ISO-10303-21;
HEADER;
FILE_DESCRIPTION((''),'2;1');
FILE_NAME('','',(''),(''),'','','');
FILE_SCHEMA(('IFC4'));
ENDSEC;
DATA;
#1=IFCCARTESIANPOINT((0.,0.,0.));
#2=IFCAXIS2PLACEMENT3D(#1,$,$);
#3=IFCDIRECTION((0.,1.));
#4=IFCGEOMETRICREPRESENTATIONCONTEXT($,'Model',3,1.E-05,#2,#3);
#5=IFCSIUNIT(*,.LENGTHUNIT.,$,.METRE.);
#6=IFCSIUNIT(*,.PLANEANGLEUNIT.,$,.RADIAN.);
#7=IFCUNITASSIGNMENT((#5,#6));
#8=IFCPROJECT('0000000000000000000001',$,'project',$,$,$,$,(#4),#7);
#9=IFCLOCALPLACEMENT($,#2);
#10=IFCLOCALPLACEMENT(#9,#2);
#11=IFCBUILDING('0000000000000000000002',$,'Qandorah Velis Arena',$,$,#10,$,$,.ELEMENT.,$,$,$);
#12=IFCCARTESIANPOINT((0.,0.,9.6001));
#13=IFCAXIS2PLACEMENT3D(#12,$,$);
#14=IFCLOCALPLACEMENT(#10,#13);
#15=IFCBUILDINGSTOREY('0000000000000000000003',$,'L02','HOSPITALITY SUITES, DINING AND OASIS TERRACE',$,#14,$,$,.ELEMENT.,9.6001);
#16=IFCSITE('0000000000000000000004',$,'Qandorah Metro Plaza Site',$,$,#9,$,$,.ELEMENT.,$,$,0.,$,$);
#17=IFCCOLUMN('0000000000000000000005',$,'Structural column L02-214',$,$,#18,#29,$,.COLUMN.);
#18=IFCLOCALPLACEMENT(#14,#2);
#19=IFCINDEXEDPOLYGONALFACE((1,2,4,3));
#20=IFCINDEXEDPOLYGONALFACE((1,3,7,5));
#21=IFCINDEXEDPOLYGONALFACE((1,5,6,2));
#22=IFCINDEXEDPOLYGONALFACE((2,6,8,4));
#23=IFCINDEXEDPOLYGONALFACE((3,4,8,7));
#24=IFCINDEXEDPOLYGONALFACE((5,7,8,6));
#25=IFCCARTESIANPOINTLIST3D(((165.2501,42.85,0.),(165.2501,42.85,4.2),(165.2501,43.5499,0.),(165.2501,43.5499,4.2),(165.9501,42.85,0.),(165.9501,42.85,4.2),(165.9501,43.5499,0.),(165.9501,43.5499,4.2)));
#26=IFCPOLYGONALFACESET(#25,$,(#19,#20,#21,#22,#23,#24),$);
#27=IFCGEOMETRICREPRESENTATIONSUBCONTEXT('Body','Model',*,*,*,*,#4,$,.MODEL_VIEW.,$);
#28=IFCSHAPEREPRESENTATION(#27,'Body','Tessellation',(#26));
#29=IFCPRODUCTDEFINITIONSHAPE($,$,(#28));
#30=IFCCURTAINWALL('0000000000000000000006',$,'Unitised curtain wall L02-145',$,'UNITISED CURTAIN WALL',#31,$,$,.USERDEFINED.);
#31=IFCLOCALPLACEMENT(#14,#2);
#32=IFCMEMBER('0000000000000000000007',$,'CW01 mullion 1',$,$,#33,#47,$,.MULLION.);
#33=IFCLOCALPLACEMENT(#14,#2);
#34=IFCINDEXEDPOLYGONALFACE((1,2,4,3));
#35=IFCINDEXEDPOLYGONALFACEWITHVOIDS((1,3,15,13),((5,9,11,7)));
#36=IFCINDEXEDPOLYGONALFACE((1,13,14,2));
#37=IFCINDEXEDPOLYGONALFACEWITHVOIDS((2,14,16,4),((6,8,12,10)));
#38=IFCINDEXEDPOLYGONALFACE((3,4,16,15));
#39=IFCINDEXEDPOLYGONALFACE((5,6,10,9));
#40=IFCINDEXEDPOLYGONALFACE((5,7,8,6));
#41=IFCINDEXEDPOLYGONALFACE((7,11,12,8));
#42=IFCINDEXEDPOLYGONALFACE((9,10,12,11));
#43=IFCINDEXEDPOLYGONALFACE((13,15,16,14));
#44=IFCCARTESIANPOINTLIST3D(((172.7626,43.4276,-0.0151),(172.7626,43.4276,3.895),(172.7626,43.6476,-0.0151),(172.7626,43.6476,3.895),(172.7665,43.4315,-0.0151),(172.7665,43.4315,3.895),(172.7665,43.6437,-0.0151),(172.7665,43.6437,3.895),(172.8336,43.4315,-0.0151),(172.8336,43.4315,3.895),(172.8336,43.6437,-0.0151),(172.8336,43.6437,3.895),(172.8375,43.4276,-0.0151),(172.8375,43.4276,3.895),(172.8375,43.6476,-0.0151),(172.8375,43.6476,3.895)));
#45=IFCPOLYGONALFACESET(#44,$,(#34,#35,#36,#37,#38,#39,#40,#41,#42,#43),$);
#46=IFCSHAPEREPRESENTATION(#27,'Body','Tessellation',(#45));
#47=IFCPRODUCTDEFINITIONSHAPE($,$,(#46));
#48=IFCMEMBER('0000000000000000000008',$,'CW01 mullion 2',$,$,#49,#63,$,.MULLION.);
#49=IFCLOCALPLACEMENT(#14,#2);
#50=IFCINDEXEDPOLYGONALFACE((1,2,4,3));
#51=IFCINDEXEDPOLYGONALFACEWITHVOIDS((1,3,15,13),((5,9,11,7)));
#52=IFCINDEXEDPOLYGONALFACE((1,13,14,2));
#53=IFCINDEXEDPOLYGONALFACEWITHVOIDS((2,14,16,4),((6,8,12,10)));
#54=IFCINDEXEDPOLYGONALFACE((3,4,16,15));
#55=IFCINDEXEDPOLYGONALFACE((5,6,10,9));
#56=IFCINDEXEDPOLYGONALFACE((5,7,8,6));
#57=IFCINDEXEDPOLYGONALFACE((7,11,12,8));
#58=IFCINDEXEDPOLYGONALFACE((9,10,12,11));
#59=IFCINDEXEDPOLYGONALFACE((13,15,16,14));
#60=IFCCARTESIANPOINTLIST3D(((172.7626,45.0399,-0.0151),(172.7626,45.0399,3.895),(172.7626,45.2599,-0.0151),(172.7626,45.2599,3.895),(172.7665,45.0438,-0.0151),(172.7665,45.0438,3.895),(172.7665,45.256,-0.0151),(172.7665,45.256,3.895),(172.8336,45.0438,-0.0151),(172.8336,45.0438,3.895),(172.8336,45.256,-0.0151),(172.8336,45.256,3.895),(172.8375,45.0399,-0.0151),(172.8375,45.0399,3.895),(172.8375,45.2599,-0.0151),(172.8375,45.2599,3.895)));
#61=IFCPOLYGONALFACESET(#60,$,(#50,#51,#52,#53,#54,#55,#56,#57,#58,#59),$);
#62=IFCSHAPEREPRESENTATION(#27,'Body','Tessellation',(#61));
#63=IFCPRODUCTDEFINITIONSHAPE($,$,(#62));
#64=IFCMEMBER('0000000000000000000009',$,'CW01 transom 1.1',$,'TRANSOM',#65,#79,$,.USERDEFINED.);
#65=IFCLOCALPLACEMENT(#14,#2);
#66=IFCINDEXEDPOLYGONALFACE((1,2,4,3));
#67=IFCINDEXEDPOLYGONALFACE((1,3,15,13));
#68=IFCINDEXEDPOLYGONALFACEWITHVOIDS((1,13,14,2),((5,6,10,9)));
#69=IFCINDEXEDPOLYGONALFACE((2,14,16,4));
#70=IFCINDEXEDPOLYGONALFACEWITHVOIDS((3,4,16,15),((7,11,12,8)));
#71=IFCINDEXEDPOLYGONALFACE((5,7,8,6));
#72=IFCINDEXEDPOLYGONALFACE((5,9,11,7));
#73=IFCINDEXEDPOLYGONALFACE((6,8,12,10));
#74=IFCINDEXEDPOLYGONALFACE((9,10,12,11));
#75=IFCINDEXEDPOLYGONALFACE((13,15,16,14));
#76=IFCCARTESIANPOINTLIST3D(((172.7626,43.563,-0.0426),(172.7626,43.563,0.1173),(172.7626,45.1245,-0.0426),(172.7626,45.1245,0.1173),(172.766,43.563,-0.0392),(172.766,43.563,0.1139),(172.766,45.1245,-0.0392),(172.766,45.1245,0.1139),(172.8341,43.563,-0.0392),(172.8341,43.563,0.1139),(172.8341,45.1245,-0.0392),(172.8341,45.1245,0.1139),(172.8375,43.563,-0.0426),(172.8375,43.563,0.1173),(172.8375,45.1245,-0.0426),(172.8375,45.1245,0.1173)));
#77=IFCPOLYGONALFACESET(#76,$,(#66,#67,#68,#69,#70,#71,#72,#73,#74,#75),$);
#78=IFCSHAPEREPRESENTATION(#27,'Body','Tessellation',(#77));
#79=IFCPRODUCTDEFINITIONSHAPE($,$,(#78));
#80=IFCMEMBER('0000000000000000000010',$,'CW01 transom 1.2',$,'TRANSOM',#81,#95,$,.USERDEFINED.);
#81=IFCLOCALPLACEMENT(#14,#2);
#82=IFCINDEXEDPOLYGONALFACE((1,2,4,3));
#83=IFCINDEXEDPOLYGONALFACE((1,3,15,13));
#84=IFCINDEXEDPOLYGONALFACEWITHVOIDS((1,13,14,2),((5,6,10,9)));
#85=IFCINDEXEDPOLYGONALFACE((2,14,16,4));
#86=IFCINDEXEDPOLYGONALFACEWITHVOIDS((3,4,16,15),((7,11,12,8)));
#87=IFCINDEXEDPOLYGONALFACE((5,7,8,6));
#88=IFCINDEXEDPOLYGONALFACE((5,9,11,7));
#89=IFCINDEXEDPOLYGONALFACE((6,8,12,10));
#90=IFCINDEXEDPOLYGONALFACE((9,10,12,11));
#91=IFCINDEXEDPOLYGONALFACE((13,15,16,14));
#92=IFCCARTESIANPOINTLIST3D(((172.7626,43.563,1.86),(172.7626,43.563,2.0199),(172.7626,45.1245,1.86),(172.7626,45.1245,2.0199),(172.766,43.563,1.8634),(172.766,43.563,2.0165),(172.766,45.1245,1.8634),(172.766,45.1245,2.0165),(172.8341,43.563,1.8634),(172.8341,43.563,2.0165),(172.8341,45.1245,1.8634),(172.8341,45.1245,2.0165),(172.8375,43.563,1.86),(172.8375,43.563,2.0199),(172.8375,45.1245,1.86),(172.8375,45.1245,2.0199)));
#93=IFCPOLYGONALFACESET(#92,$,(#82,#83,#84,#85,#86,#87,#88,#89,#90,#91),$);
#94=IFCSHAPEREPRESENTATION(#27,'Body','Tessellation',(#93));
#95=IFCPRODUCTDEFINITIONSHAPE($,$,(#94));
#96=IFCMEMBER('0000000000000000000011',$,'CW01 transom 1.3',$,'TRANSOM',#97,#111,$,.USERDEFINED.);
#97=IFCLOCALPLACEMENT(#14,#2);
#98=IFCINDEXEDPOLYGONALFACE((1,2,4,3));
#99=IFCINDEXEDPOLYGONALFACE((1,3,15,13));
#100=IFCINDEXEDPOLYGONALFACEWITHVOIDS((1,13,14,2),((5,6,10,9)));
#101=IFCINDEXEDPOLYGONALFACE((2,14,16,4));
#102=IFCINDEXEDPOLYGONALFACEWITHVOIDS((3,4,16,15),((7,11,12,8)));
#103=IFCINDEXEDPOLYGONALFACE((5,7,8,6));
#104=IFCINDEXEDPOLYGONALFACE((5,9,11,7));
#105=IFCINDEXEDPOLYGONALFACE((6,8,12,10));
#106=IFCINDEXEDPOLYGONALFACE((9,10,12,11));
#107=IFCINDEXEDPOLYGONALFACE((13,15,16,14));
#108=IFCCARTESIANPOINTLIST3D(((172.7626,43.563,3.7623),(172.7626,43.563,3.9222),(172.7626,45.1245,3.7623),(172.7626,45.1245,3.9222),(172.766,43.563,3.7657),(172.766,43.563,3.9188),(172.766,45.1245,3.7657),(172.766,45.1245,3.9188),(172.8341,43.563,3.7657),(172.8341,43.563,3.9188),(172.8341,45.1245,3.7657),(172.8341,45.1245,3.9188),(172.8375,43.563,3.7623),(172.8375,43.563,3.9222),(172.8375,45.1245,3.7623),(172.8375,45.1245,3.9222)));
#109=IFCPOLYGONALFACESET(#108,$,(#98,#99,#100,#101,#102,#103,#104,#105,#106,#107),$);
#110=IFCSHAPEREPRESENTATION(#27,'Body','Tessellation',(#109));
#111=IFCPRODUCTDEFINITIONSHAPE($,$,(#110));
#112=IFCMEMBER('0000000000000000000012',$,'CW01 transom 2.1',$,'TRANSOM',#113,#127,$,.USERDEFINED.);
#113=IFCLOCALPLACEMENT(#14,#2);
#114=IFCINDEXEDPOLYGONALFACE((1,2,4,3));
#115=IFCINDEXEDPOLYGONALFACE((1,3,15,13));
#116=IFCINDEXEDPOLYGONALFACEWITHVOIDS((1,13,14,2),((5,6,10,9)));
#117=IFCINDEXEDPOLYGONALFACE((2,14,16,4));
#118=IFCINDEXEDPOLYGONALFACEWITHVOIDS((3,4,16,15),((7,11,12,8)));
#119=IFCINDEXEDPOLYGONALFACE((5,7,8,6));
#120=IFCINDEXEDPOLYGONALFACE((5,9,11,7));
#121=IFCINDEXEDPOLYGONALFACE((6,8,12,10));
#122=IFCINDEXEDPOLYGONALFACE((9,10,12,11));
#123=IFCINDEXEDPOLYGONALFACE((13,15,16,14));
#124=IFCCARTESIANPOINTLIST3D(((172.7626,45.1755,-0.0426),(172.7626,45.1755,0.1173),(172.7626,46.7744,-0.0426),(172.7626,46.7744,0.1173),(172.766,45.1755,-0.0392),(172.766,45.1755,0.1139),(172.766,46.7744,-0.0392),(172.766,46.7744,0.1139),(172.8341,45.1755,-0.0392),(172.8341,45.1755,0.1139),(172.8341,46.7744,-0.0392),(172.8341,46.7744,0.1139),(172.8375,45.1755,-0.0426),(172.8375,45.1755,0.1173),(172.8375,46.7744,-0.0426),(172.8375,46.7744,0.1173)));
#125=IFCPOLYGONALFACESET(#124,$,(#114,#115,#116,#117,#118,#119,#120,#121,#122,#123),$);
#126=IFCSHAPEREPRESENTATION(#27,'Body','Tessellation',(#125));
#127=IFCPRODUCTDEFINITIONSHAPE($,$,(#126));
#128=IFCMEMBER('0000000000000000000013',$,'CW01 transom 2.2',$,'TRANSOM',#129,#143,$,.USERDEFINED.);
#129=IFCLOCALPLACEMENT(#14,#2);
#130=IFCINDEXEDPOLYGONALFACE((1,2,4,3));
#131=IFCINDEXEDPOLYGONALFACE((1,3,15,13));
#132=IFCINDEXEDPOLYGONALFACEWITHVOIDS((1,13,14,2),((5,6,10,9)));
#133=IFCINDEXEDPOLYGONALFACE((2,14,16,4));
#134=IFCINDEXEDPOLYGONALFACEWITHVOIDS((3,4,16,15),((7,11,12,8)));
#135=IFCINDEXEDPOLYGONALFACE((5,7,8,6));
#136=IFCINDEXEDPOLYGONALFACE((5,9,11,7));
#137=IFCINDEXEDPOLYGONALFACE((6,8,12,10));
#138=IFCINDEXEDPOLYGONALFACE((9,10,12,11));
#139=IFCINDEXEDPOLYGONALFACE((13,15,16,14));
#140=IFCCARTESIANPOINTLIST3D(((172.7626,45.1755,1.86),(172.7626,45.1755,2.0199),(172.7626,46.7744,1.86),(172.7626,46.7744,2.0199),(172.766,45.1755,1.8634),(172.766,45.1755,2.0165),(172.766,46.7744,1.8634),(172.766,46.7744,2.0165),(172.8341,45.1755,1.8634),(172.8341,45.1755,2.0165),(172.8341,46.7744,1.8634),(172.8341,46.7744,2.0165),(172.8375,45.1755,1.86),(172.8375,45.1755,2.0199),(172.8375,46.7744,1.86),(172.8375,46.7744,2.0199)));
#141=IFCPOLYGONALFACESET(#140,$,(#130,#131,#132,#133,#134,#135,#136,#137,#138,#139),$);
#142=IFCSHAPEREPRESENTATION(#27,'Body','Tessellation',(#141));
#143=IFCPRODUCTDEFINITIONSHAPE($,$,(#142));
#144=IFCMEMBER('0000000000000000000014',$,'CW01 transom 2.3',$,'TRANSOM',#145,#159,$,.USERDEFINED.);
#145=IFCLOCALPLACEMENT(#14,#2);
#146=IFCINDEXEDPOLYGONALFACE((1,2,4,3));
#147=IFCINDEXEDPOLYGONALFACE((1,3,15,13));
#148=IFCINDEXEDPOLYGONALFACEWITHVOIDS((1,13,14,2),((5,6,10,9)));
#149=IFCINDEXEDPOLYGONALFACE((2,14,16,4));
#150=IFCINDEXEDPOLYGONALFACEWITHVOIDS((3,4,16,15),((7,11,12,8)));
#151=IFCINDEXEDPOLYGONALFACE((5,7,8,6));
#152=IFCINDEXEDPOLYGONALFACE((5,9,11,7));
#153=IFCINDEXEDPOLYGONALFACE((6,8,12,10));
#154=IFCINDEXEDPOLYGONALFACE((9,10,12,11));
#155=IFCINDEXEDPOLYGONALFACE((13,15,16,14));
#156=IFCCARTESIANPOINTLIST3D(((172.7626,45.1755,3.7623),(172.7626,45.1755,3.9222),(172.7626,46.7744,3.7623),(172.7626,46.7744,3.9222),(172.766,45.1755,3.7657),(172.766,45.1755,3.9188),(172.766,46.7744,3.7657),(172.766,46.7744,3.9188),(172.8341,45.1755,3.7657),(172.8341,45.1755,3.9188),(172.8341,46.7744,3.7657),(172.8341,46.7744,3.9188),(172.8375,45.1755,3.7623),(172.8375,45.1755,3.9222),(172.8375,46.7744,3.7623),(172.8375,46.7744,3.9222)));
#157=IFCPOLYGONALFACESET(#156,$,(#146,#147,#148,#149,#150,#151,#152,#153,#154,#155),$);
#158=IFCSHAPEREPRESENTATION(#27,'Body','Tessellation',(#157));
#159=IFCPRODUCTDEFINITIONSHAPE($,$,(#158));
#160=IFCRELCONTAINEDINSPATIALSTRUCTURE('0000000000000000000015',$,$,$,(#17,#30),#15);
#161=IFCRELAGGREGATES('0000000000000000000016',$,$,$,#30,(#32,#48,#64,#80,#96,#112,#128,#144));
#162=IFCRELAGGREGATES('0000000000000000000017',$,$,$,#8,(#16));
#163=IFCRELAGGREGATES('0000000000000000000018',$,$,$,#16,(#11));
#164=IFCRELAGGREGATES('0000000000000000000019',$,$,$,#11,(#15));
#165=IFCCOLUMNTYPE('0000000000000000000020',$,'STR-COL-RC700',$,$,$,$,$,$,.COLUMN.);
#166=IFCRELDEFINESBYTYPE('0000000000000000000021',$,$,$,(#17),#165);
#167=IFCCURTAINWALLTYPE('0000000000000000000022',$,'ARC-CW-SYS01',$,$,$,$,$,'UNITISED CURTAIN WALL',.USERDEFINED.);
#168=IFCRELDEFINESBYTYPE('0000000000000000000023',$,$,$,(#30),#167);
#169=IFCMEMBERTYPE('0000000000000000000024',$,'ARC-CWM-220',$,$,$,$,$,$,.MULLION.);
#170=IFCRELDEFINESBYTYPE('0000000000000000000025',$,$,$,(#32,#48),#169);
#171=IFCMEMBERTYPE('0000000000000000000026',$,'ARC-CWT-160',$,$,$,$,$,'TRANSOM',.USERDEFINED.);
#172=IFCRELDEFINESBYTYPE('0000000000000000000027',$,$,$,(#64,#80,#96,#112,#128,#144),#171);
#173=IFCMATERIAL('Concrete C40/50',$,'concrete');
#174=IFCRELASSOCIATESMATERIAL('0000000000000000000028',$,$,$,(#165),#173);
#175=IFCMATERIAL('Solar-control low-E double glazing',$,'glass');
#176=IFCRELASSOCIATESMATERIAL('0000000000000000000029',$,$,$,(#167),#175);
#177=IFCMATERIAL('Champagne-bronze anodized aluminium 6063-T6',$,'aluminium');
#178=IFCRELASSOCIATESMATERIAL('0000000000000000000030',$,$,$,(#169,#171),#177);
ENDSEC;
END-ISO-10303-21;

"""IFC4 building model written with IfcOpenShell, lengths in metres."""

from ifc_helpers import new_model, si_unit, direction, frame, origin, origin_2d, place, context, subcontext, project, spatial, rectangle, hollow_rectangle, extrude, material, material_profile, profile_set, type_object, element, aggregate, save


model = new_model("IFC4")

# Units and contexts
model_context = context("Model", 3, precision=1e-05, world=origin(), true_north=direction((0.0, 1.0)))
body_context = subcontext(model_context, "Body", "Model", "MODEL_VIEW")
ifc_project = project(units=[si_unit("LENGTHUNIT", "METRE"), si_unit("PLANEANGLEUNIT", "RADIAN")], contexts=[model_context])

# Site, building, storey
site_placement = place(None, origin())
site = spatial("IfcSite", under=ifc_project, at=site_placement, Name="Qandorah Metro Plaza Site", CompositionType="ELEMENT", RefElevation=0.0)
building_placement = place(site_placement, origin())
building = spatial("IfcBuilding", under=site, at=building_placement, Name="Qandorah Velis Arena", CompositionType="ELEMENT")
storey_placement = place(building_placement, frame((0.0, 0.0, 9.6001)))
storey = spatial("IfcBuildingStorey", under=building, at=storey_placement, Name="L02", Description="HOSPITALITY SUITES, DINING AND OASIS TERRACE", CompositionType="ELEMENT", Elevation=9.6001)

# Column
ifc_material_1 = material(Name="Concrete C40/50", Category="concrete")
ifc_material_profile_1 = material_profile(ifc_material_1, rectangle(XDim=0.7, YDim=0.7, at=origin_2d()), Name="RC COL 700x700")
ifc_profile_set_1 = profile_set([ifc_material_profile_1], Name="Concrete C40/50")
column_type = type_object("IfcColumnType", Name="STR-COL-RC700", PredefinedType="COLUMN", material=ifc_profile_set_1)
column_placement = place(storey_placement, frame((165.6001, 43.2, 0.0), z_axis=(0.0, 0.0, 1.0), x_axis=(1.0, 0.0, 0.0)))
element("IfcColumn", 1, at=column_placement, inside=storey, type_object=column_type, Name="Structural column L02-214", PredefinedType="COLUMN", context=body_context, shape_type="SweptSolid", body=[
    extrude(rectangle(XDim=0.7, YDim=0.7, at=origin_2d()), origin(), (0.0, 0.0, 1.0), 4.2),
])

# Curtain wall, members
ifc_material_2 = material(Name="Solar-control low-E double glazing", Category="glass")
curtain_wall_type = type_object("IfcCurtainWallType", Name="ARC-CW-SYS01", ElementType="UNITISED CURTAIN WALL", PredefinedType="USERDEFINED", material=ifc_material_2)
curtain_wall_placement = place(storey_placement, origin())
curtain_wall = element("IfcCurtainWall", 2, at=curtain_wall_placement, inside=storey, type_object=curtain_wall_type, Name="Unitised curtain wall L02-145", ObjectType="UNITISED CURTAIN WALL", PredefinedType="USERDEFINED")
ifc_material_3 = material(Name="Champagne-bronze anodized aluminium 6063-T6", Category="aluminium")
ifc_material_profile_2 = material_profile(ifc_material_3, hollow_rectangle(XDim=0.075, YDim=0.22, WallThickness=0.0039, at=origin_2d()), Name="ALU MULLION 75x220")
ifc_profile_set_2 = profile_set([ifc_material_profile_2], Name="Champagne-bronze anodized aluminium 6063-T6")
member_type_1 = type_object("IfcMemberType", Name="ARC-CWM-220", PredefinedType="MULLION", material=ifc_profile_set_2)
member_1_placement = place(storey_placement, frame((172.8, 43.5376, -0.0151), z_axis=(0.0, 0.0, 1.0), x_axis=(-1.0, 0.0, 0.0)))
member_1 = element("IfcMember", 3, at=member_1_placement, type_object=member_type_1, Name="CW01 mullion 1", PredefinedType="MULLION", context=body_context, shape_type="SweptSolid", body=[
    extrude(hollow_rectangle(XDim=0.075, YDim=0.22, WallThickness=0.0039, at=origin_2d()), origin(), (0.0, 0.0, 1.0), 3.9102),
])
member_2_placement = place(storey_placement, frame((172.8, 45.1499, -0.0151), z_axis=(0.0, 0.0, 1.0), x_axis=(-1.0, 0.0, 0.0)))
member_2 = element("IfcMember", 4, at=member_2_placement, type_object=member_type_1, Name="CW01 mullion 2", PredefinedType="MULLION", context=body_context, shape_type="SweptSolid", body=[
    extrude(hollow_rectangle(XDim=0.075, YDim=0.22, WallThickness=0.0039, at=origin_2d()), origin(), (0.0, 0.0, 1.0), 3.9102),
])
ifc_material_profile_3 = material_profile(ifc_material_3, hollow_rectangle(XDim=0.075, YDim=0.1599, WallThickness=0.0034, at=origin_2d()), Name="ALU TRANSOM 75x160")
ifc_profile_set_3 = profile_set([ifc_material_profile_3], Name="Champagne-bronze anodized aluminium 6063-T6")
member_type_2 = type_object("IfcMemberType", Name="ARC-CWT-160", ElementType="TRANSOM", PredefinedType="USERDEFINED", material=ifc_profile_set_3)
member_3_placement = place(storey_placement, frame((172.8, 43.563, 0.0374), z_axis=(0.0, 1.0, 0.0), x_axis=(-1.0, 0.0, 0.0)))
member_3 = element("IfcMember", 5, at=member_3_placement, type_object=member_type_2, Name="CW01 transom 1.1", ObjectType="TRANSOM", PredefinedType="USERDEFINED", context=body_context, shape_type="SweptSolid", body=[
    extrude(hollow_rectangle(XDim=0.075, YDim=0.1599, WallThickness=0.0034, at=origin_2d()), origin(), (0.0, 0.0, 1.0), 1.5615),
])
member_4_placement = place(storey_placement, frame((172.8, 43.563, 1.9399), z_axis=(0.0, 1.0, 0.0), x_axis=(-1.0, 0.0, 0.0)))
member_4 = element("IfcMember", 6, at=member_4_placement, type_object=member_type_2, Name="CW01 transom 1.2", ObjectType="TRANSOM", PredefinedType="USERDEFINED", context=body_context, shape_type="SweptSolid", body=[
    extrude(hollow_rectangle(XDim=0.075, YDim=0.1599, WallThickness=0.0034, at=origin_2d()), origin(), (0.0, 0.0, 1.0), 1.5615),
])
member_5_placement = place(storey_placement, frame((172.8, 43.563, 3.8423), z_axis=(0.0, 1.0, 0.0), x_axis=(-1.0, 0.0, 0.0)))
member_5 = element("IfcMember", 7, at=member_5_placement, type_object=member_type_2, Name="CW01 transom 1.3", ObjectType="TRANSOM", PredefinedType="USERDEFINED", context=body_context, shape_type="SweptSolid", body=[
    extrude(hollow_rectangle(XDim=0.075, YDim=0.1599, WallThickness=0.0034, at=origin_2d()), origin(), (0.0, 0.0, 1.0), 1.5615),
])
member_6_placement = place(storey_placement, frame((172.8, 45.1755, 0.0374), z_axis=(0.0, 1.0, 0.0), x_axis=(-1.0, 0.0, 0.0)))
member_6 = element("IfcMember", 8, at=member_6_placement, type_object=member_type_2, Name="CW01 transom 2.1", ObjectType="TRANSOM", PredefinedType="USERDEFINED", context=body_context, shape_type="SweptSolid", body=[
    extrude(hollow_rectangle(XDim=0.075, YDim=0.1599, WallThickness=0.0034, at=origin_2d()), origin(), (0.0, 0.0, 1.0), 1.5989),
])
member_7_placement = place(storey_placement, frame((172.8, 45.1755, 1.9399), z_axis=(0.0, 1.0, 0.0), x_axis=(-1.0, 0.0, 0.0)))
member_7 = element("IfcMember", 9, at=member_7_placement, type_object=member_type_2, Name="CW01 transom 2.2", ObjectType="TRANSOM", PredefinedType="USERDEFINED", context=body_context, shape_type="SweptSolid", body=[
    extrude(hollow_rectangle(XDim=0.075, YDim=0.1599, WallThickness=0.0034, at=origin_2d()), origin(), (0.0, 0.0, 1.0), 1.5989),
])
member_8_placement = place(storey_placement, frame((172.8, 45.1755, 3.8423), z_axis=(0.0, 1.0, 0.0), x_axis=(-1.0, 0.0, 0.0)))
member_8 = element("IfcMember", 10, at=member_8_placement, type_object=member_type_2, Name="CW01 transom 2.3", ObjectType="TRANSOM", PredefinedType="USERDEFINED", context=body_context, shape_type="SweptSolid", body=[
    extrude(hollow_rectangle(XDim=0.075, YDim=0.1599, WallThickness=0.0034, at=origin_2d()), origin(), (0.0, 0.0, 1.0), 1.5989),
])

aggregate(curtain_wall, [member_1, member_2, member_3, member_4, member_5, member_6, member_7, member_8])

save(model, "model.ifc")
